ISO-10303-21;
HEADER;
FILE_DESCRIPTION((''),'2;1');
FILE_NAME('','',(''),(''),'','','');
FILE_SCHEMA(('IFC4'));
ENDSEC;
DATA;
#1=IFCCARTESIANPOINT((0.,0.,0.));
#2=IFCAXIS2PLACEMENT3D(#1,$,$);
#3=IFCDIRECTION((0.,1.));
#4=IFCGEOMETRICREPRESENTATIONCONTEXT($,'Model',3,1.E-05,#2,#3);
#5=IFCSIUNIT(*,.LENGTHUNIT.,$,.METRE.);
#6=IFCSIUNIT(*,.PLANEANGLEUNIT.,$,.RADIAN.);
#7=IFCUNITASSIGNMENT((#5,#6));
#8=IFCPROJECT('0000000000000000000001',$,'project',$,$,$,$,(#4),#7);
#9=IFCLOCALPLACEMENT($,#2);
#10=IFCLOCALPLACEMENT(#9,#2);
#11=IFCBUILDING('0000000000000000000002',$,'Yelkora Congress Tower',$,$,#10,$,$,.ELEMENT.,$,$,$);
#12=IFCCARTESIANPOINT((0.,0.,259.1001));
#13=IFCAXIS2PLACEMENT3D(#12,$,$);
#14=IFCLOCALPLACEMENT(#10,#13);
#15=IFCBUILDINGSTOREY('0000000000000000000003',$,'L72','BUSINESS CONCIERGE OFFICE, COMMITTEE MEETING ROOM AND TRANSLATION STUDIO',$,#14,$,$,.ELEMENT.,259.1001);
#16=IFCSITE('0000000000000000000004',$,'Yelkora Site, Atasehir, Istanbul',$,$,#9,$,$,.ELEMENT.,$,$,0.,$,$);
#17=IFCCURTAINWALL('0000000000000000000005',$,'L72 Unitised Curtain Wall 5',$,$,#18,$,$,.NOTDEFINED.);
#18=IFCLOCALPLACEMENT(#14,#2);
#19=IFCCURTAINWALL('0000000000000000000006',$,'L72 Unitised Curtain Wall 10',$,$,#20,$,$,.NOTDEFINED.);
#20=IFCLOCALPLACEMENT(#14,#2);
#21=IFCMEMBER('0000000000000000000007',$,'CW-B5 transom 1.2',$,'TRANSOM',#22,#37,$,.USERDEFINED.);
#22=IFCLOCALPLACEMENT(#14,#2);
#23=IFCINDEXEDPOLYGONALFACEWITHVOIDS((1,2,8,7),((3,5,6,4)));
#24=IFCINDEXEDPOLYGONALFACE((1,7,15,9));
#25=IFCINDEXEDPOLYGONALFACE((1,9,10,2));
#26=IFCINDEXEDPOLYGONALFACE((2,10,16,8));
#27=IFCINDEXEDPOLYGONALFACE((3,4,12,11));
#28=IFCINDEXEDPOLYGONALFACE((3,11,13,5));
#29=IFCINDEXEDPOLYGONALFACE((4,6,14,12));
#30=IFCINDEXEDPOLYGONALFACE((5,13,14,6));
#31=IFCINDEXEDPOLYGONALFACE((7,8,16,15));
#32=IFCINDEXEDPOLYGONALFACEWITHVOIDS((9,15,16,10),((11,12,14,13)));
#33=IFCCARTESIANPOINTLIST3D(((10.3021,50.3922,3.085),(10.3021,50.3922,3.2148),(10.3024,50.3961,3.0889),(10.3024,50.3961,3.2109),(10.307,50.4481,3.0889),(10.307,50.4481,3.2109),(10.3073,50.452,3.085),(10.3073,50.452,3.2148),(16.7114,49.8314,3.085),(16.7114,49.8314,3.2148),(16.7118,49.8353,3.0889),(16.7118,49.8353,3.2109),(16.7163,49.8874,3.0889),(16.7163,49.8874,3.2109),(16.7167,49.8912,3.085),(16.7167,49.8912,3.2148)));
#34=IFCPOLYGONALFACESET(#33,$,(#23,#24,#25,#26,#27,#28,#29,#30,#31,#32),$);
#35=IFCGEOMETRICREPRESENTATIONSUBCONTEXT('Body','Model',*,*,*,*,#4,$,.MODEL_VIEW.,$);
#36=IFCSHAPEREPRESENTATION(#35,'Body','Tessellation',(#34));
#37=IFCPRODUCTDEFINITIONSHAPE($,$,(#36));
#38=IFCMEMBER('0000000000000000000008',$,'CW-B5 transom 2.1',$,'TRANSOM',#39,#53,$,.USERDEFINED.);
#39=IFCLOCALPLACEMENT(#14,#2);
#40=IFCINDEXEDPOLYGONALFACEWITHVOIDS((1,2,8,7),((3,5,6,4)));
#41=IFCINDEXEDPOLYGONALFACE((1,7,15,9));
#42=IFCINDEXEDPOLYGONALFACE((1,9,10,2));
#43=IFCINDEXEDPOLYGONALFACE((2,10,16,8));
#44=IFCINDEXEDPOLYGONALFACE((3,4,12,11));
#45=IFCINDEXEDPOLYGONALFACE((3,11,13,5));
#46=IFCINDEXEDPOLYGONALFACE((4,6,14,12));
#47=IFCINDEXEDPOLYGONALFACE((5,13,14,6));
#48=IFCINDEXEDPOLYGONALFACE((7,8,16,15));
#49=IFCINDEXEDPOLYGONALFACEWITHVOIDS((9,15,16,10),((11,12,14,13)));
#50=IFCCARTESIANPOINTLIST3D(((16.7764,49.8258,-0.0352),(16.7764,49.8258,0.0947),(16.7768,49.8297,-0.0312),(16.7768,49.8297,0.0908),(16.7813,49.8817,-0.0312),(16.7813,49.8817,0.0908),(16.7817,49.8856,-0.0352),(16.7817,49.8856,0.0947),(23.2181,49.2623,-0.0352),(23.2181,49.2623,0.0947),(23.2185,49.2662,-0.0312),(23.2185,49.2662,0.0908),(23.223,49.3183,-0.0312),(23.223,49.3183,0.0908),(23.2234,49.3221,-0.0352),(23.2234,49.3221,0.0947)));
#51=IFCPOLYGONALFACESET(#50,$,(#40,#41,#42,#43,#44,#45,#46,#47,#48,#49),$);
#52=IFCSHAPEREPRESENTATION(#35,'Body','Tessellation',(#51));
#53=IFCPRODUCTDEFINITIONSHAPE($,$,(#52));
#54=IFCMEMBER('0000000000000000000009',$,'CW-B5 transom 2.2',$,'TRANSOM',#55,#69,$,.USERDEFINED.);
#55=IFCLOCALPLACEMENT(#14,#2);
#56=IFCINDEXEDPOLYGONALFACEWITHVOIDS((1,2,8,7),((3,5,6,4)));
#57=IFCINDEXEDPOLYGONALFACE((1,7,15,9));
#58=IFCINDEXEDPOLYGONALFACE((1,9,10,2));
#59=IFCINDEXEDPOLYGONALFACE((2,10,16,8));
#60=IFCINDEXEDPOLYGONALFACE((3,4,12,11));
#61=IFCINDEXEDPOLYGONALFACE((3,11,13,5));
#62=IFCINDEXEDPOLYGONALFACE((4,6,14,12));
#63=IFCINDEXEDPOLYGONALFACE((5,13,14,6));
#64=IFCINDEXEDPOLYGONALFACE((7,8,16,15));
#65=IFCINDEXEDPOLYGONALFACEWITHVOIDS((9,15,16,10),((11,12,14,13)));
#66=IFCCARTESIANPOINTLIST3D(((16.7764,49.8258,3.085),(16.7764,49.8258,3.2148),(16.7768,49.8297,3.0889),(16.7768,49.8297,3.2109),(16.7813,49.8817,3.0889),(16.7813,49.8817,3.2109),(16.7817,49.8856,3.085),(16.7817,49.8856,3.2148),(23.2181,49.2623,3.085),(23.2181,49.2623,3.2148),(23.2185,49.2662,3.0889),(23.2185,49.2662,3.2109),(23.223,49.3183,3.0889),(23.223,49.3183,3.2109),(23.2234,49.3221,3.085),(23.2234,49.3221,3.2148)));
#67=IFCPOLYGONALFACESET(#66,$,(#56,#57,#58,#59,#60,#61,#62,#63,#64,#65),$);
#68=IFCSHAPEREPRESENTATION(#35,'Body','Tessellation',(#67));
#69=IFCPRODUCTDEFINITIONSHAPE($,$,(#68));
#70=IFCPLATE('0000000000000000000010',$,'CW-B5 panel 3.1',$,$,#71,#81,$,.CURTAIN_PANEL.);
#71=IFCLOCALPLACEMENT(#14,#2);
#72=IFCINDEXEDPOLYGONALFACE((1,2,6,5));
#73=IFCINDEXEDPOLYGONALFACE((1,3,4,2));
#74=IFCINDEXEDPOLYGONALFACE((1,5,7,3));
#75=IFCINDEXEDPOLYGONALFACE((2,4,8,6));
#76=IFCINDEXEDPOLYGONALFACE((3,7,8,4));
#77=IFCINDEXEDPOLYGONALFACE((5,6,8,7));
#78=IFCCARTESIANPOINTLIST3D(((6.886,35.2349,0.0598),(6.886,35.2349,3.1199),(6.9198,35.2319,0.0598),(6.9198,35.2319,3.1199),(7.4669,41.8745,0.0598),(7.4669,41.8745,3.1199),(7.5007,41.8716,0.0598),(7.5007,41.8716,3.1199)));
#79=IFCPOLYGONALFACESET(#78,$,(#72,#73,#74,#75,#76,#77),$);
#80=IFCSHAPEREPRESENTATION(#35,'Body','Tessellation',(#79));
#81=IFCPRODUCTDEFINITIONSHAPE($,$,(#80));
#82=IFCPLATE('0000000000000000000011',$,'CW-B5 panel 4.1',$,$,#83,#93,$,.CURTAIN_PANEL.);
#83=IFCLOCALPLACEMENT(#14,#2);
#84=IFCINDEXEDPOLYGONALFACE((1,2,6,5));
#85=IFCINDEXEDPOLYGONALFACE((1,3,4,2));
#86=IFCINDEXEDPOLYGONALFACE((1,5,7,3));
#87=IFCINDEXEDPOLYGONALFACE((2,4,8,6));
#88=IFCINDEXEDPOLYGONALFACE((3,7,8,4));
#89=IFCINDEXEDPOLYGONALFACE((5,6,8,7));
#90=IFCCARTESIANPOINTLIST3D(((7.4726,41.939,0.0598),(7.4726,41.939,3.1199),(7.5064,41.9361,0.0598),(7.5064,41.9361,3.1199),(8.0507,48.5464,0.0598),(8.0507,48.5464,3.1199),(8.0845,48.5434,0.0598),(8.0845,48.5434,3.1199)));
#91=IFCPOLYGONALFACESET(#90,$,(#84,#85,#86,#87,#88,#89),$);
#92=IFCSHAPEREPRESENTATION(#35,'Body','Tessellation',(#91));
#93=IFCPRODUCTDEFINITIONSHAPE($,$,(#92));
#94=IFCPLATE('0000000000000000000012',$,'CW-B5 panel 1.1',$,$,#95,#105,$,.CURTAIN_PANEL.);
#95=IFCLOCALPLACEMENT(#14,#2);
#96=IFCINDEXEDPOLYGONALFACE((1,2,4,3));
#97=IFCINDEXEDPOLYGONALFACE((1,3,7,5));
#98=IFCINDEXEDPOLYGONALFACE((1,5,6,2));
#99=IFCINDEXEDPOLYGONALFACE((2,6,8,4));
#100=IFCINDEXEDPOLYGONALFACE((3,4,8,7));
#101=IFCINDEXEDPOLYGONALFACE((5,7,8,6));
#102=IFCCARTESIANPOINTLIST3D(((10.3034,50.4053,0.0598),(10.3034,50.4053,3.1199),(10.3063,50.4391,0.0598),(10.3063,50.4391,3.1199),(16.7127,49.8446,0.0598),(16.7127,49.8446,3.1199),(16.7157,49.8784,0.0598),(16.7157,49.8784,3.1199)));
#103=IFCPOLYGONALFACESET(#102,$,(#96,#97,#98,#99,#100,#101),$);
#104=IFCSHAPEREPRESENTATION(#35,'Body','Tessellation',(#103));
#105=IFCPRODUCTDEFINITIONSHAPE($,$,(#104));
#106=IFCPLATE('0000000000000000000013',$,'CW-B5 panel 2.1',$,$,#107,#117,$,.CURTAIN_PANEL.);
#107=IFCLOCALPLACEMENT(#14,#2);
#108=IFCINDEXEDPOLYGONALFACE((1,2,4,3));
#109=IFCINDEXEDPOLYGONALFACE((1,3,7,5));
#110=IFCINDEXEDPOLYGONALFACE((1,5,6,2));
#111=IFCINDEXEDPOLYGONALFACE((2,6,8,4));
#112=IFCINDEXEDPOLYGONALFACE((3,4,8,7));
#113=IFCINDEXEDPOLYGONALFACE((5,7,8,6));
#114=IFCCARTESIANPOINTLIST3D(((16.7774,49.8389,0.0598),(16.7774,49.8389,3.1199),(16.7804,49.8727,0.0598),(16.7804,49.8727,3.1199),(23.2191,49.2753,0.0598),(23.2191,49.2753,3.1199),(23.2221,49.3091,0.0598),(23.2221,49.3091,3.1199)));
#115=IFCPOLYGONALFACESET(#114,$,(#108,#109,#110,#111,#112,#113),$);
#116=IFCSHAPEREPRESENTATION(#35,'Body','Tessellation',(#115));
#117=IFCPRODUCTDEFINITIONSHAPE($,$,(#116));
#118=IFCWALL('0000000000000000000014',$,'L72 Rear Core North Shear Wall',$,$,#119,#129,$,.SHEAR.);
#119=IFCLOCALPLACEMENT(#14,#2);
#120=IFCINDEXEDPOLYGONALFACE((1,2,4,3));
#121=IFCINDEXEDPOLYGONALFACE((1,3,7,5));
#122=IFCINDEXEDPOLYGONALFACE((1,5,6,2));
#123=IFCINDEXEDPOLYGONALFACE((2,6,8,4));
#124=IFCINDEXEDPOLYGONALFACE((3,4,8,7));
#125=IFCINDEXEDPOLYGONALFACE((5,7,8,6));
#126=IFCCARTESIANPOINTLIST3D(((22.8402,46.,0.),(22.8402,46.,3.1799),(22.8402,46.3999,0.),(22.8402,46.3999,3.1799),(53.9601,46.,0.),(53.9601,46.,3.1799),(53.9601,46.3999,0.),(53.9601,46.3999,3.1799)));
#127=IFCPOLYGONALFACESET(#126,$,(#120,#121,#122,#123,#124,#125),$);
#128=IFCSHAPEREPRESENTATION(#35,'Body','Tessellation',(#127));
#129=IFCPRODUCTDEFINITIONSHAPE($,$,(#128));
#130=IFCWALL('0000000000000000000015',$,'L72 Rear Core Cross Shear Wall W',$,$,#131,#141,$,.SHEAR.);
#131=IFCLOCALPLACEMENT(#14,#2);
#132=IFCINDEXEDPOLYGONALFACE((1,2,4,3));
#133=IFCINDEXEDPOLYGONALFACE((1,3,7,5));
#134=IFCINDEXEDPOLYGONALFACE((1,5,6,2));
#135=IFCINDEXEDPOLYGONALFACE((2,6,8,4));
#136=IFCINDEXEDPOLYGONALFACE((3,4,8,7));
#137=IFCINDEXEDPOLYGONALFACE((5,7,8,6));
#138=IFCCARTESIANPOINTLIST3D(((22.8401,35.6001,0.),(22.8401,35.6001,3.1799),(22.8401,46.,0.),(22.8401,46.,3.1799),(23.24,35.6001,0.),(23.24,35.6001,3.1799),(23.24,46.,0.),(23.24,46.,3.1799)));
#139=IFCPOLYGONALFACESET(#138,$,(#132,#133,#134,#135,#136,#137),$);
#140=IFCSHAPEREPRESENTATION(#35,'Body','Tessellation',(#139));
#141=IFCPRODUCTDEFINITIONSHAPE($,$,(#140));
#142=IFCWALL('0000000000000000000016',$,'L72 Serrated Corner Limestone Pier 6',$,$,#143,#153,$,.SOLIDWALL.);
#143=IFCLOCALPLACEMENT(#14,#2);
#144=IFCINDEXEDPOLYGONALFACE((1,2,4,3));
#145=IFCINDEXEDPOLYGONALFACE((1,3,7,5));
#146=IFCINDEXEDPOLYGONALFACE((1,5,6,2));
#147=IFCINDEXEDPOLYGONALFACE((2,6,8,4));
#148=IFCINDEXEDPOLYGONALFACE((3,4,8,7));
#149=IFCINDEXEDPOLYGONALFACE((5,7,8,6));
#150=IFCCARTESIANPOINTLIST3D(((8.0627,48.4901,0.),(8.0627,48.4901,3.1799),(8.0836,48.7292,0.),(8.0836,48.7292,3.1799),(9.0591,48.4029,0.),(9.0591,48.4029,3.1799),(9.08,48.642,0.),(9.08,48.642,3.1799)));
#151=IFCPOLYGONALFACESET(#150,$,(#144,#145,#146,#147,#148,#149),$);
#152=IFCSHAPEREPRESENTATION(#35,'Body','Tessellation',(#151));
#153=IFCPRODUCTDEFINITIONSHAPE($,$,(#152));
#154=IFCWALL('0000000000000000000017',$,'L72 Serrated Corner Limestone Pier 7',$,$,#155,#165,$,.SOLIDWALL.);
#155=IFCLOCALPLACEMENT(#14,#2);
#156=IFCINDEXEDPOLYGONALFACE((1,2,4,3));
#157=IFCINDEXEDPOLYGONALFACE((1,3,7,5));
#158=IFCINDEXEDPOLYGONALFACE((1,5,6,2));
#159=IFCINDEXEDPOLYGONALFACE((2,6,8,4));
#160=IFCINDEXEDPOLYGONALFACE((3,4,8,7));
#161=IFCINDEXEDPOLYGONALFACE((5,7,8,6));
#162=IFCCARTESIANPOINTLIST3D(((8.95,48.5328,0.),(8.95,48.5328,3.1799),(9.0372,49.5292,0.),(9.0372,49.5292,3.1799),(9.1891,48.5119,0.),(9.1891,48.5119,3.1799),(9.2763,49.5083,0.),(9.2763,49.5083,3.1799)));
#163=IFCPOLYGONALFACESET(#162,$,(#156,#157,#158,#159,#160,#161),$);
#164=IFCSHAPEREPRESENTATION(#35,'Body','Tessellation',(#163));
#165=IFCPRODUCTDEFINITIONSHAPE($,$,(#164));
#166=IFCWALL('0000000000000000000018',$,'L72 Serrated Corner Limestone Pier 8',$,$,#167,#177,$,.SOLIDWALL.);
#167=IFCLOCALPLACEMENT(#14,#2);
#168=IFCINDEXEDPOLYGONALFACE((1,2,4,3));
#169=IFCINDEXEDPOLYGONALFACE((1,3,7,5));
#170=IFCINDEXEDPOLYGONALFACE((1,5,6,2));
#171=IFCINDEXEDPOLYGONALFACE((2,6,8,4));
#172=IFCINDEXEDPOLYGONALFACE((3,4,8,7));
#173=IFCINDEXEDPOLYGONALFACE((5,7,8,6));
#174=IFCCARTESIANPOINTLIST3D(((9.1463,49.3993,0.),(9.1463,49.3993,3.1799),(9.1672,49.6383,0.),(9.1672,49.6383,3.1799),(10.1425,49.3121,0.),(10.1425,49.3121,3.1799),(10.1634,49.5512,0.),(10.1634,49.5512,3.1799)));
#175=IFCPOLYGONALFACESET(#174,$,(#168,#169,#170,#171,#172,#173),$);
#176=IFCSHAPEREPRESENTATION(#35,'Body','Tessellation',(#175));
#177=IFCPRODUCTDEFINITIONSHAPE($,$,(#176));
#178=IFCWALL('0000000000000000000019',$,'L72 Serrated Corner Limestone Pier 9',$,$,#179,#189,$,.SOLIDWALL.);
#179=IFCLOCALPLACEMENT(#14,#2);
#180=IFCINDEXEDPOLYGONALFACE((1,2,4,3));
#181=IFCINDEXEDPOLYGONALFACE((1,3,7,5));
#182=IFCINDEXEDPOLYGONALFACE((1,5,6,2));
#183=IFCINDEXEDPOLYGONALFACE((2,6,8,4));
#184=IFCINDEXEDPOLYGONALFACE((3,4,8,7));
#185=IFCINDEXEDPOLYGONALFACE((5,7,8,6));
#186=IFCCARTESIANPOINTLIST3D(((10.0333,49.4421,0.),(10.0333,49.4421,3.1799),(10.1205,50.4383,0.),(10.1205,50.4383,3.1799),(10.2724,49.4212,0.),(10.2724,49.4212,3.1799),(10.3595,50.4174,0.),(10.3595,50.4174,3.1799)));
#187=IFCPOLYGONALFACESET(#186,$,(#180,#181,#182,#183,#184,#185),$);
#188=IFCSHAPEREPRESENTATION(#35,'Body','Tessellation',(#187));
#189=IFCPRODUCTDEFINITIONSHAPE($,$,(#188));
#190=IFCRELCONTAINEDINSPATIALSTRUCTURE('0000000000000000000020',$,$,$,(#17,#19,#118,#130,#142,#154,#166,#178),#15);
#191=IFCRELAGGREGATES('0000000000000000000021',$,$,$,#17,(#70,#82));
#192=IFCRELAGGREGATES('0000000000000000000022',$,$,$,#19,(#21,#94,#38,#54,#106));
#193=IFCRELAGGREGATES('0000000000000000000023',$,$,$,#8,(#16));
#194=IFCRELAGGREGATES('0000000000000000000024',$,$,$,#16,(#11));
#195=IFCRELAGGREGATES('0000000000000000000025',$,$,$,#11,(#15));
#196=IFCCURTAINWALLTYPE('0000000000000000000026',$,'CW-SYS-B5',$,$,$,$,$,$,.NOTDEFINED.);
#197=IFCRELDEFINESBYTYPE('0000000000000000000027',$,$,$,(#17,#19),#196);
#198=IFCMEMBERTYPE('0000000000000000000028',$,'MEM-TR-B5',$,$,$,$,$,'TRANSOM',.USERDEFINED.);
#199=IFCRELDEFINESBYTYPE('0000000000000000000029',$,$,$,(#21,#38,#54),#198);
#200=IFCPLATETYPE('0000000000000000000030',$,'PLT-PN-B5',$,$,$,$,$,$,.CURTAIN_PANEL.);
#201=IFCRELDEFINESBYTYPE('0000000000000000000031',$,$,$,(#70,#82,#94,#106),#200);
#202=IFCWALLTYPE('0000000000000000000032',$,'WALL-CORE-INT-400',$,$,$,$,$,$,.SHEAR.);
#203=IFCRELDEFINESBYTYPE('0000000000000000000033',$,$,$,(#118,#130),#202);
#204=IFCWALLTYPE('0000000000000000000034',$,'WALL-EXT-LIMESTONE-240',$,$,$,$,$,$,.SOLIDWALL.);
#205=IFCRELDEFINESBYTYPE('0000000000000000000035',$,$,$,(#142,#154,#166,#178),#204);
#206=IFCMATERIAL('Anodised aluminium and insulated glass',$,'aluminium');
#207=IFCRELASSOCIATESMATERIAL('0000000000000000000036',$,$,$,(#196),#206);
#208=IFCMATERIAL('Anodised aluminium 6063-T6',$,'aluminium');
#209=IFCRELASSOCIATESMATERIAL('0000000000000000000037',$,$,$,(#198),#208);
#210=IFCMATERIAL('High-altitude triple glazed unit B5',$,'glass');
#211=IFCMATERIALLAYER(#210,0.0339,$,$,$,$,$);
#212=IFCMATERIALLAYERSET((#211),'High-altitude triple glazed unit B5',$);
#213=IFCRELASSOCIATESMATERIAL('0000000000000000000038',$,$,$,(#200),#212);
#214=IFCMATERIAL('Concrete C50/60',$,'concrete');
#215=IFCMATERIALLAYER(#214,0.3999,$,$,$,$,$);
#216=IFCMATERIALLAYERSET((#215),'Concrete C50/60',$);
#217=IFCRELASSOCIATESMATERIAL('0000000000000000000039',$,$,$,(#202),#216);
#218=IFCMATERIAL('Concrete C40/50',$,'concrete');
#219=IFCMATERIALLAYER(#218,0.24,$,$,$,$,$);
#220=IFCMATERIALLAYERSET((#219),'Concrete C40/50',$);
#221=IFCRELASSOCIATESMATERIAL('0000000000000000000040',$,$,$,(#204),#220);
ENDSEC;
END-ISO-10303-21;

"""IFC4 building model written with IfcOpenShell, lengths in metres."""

from ifc_helpers import new_model, si_unit, direction, frame, frame_2d, origin, origin_2d, place, context, subcontext, project, spatial, rectangle, hollow_rectangle, extrude, material, layer, layer_set, material_profile, profile_set, type_object, element, aggregate, save


model = new_model("IFC4")

# Units and contexts
model_context = context("Model", 3, precision=1e-05, world=origin(), true_north=direction((0.0, 1.0)))
body_context = subcontext(model_context, "Body", "Model", "MODEL_VIEW")
ifc_project = project(units=[si_unit("LENGTHUNIT", "METRE"), si_unit("PLANEANGLEUNIT", "RADIAN")], contexts=[model_context])

# Site, building, storey
site_placement = place(None, origin())
site = spatial("IfcSite", under=ifc_project, at=site_placement, Name="Yelkora Site, Atasehir, Istanbul", CompositionType="ELEMENT", RefElevation=0.0)
building_placement = place(site_placement, origin())
building = spatial("IfcBuilding", under=site, at=building_placement, Name="Yelkora Congress Tower", CompositionType="ELEMENT")
storey_placement = place(building_placement, frame((0.0, 0.0, 259.1001)))
storey = spatial("IfcBuildingStorey", under=building, at=storey_placement, Name="L72", Description="BUSINESS CONCIERGE OFFICE, COMMITTEE MEETING ROOM AND TRANSLATION STUDIO", CompositionType="ELEMENT", Elevation=259.1001)

# Curtain walls
ifc_material_1 = material(Name="Anodised aluminium and insulated glass", Category="aluminium")
curtain_wall_type = type_object("IfcCurtainWallType", Name="CW-SYS-B5", PredefinedType="NOTDEFINED", material=ifc_material_1)
curtain_wall_1_placement = place(storey_placement, origin())
curtain_wall_1 = element("IfcCurtainWall", 1, at=curtain_wall_1_placement, inside=storey, type_object=curtain_wall_type, Name="L72 Unitised Curtain Wall 5", PredefinedType="NOTDEFINED")
ifc_material_2 = material(Name="Anodised aluminium 6063-T6", Category="aluminium")
curtain_wall_2_placement = place(storey_placement, origin())
curtain_wall_2 = element("IfcCurtainWall", 2, at=curtain_wall_2_placement, inside=storey, type_object=curtain_wall_type, Name="L72 Unitised Curtain Wall 10", PredefinedType="NOTDEFINED")

# Members
ifc_material_profile_1 = material_profile(ifc_material_2, hollow_rectangle(XDim=0.0601, YDim=0.1299, WallThickness=0.0039, at=origin_2d()), Name="ALU 60x130x4")
ifc_profile_set_1 = profile_set([ifc_material_profile_1], Name="Anodised aluminium 6063-T6")
member_type_1 = type_object("IfcMemberType", Name="MEM-TR-B5", ElementType="TRANSOM", PredefinedType="USERDEFINED", material=ifc_profile_set_1)
member_1_placement = place(storey_placement, frame((10.3047, 50.4221, 3.1499), z_axis=(0.996194, -0.087162, 0.0), x_axis=(0.087162, 0.996194, 0.0)))
member_1 = element("IfcMember", 3, at=member_1_placement, type_object=member_type_1, Name="CW-B5 transom 1.2", ObjectType="TRANSOM", PredefinedType="USERDEFINED", context=body_context, shape_type="SweptSolid", body=[
    extrude(hollow_rectangle(XDim=0.0601, YDim=0.1299, WallThickness=0.0039, at=origin_2d()), origin(), (0.0, 0.0, 1.0), 6.4338),
])
member_2_placement = place(storey_placement, frame((16.7791, 49.8557, 0.0298), z_axis=(0.996196, -0.087141, 0.0), x_axis=(0.087141, 0.996196, 0.0)))
member_2 = element("IfcMember", 4, at=member_2_placement, type_object=member_type_1, Name="CW-B5 transom 2.1", ObjectType="TRANSOM", PredefinedType="USERDEFINED", context=body_context, shape_type="SweptSolid", body=[
    extrude(hollow_rectangle(XDim=0.0601, YDim=0.1299, WallThickness=0.0039, at=origin_2d()), origin(), (0.0, 0.0, 1.0), 6.4663),
])
member_3_placement = place(storey_placement, frame((16.7791, 49.8557, 3.1499), z_axis=(0.996196, -0.087141, 0.0), x_axis=(0.087141, 0.996196, 0.0)))
member_3 = element("IfcMember", 5, at=member_3_placement, type_object=member_type_1, Name="CW-B5 transom 2.2", ObjectType="TRANSOM", PredefinedType="USERDEFINED", context=body_context, shape_type="SweptSolid", body=[
    extrude(hollow_rectangle(XDim=0.0601, YDim=0.1299, WallThickness=0.0039, at=origin_2d()), origin(), (0.0, 0.0, 1.0), 6.4663),
])

# Plates
ifc_material_3 = material(Name="High-altitude triple glazed unit B5", Category="glass")
ifc_layer_1 = layer(ifc_material_3, 0.0339)
ifc_layer_set_1 = layer_set([ifc_layer_1], Name="High-altitude triple glazed unit B5")
plate_type = type_object("IfcPlateType", Name="PLT-PN-B5", PredefinedType="CURTAIN_PANEL", material=ifc_layer_set_1)
plate_1_placement = place(storey_placement, frame((7.1934, 38.5532, 0.0598), z_axis=(0.0, 0.0, 1.0), x_axis=(0.087155, 0.996195, 0.0)))
plate_1 = element("IfcPlate", 6, at=plate_1_placement, type_object=plate_type, Name="CW-B5 panel 3.1", PredefinedType="CURTAIN_PANEL", context=body_context, shape_type="SweptSolid", body=[
    extrude(rectangle(XDim=6.665, YDim=0.0339, at=origin_2d()), origin(), (0.0, 0.0, 1.0), 3.0601),
])
plate_2_placement = place(storey_placement, frame((7.7786, 45.2412, 0.0598), z_axis=(0.0, 0.0, 1.0), x_axis=(0.087155, 0.996195, 0.0)))
plate_2 = element("IfcPlate", 7, at=plate_2_placement, type_object=plate_type, Name="CW-B5 panel 4.1", PredefinedType="CURTAIN_PANEL", context=body_context, shape_type="SweptSolid", body=[
    extrude(rectangle(XDim=6.6326, YDim=0.0339, at=origin_2d()), origin(), (0.0, 0.0, 1.0), 3.0601),
])
aggregate(curtain_wall_1, [plate_1, plate_2])
plate_3_placement = place(storey_placement, frame((13.5095, 50.1418, 0.0598), z_axis=(0.0, 0.0, 1.0), x_axis=(0.996195, -0.087157, 0.0)))
plate_3 = element("IfcPlate", 8, at=plate_3_placement, type_object=plate_type, Name="CW-B5 panel 1.1", PredefinedType="CURTAIN_PANEL", context=body_context, shape_type="SweptSolid", body=[
    extrude(rectangle(XDim=6.4338, YDim=0.0339, at=origin_2d()), origin(), (0.0, 0.0, 1.0), 3.0601),
])
plate_4_placement = place(storey_placement, frame((19.9998, 49.574, 0.0598), z_axis=(0.0, 0.0, 1.0), x_axis=(0.996195, -0.087157, 0.0)))
plate_4 = element("IfcPlate", 9, at=plate_4_placement, type_object=plate_type, Name="CW-B5 panel 2.1", PredefinedType="CURTAIN_PANEL", context=body_context, shape_type="SweptSolid", body=[
    extrude(rectangle(XDim=6.4663, YDim=0.0339, at=origin_2d()), origin(), (0.0, 0.0, 1.0), 3.0601),
])
aggregate(curtain_wall_2, [member_1, plate_3, member_2, member_3, plate_4])

# Walls
ifc_material_4 = material(Name="Concrete C50/60", Category="concrete")
ifc_layer_2 = layer(ifc_material_4, 0.3999)
ifc_layer_set_2 = layer_set([ifc_layer_2], Name="Concrete C50/60")
wall_type_1 = type_object("IfcWallType", Name="WALL-CORE-INT-400", PredefinedType="SHEAR", material=ifc_layer_set_2)
wall_1_placement = place(storey_placement, frame((22.8401, 46.2, 0.0), z_axis=(0.0, 0.0, 1.0), x_axis=(1.0, 0.0, 0.0)))
element("IfcWall", 10, at=wall_1_placement, inside=storey, type_object=wall_type_1, Name="L72 Rear Core North Shear Wall", PredefinedType="SHEAR", context=body_context, shape_type="SweptSolid", body=[
    extrude(rectangle(XDim=31.1199, YDim=0.3999, at=frame_2d((15.5601, 0.0))), origin(), (0.0, 0.0, 1.0), 3.1799),
])
wall_2_placement = place(storey_placement, frame((23.04, 35.6001, 0.0), z_axis=(0.0, 0.0, 1.0), x_axis=(0.0, 1.0, 0.0)))
element("IfcWall", 11, at=wall_2_placement, inside=storey, type_object=wall_type_1, Name="L72 Rear Core Cross Shear Wall W", PredefinedType="SHEAR", context=body_context, shape_type="SweptSolid", body=[
    extrude(rectangle(XDim=10.3999, YDim=0.3999, at=frame_2d((5.2, 0.0))), origin(), (0.0, 0.0, 1.0), 3.1799),
])
ifc_material_5 = material(Name="Concrete C40/50", Category="concrete")
ifc_layer_3 = layer(ifc_material_5, 0.24)
ifc_layer_set_3 = layer_set([ifc_layer_3], Name="Concrete C40/50")
wall_type_2 = type_object("IfcWallType", Name="WALL-EXT-LIMESTONE-240", PredefinedType="SOLIDWALL", material=ifc_layer_set_3)
for number, where, z_axis, x_axis, name in (
    (12, (8.0732, 48.6096, 0.0), (0.0, 0.0, 1.0), (0.996196, -0.087146, 0.0), "L72 Serrated Corner Limestone Pier 6"),
    (13, (9.0696, 48.5225, 0.0), (0.0, 0.0, 1.0), (0.087146, 0.996196, 0.0), "L72 Serrated Corner Limestone Pier 7"),
):
    element("IfcWall", number, at=place(storey_placement, frame(where, z_axis=z_axis, x_axis=x_axis)), inside=storey, type_object=wall_type_2, Name=name, PredefinedType="SOLIDWALL", context=body_context, shape_type="SweptSolid", body=[
        extrude(rectangle(XDim=1.0002, YDim=0.24, at=frame_2d((0.5, 0.0))), origin(), (0.0, 0.0, 1.0), 3.1799),
    ])
for number, where, z_axis, x_axis, name in (
    (14, (9.1567, 49.5188, 0.0), (0.0, 0.0, 1.0), (0.996194, -0.087167, 0.0), "L72 Serrated Corner Limestone Pier 8"),
    (15, (10.1528, 49.4316, 0.0), (0.0, 0.0, 1.0), (0.087167, 0.996194, 0.0), "L72 Serrated Corner Limestone Pier 9"),
):
    element("IfcWall", number, at=place(storey_placement, frame(where, z_axis=z_axis, x_axis=x_axis)), inside=storey, type_object=wall_type_2, Name=name, PredefinedType="SOLIDWALL", context=body_context, shape_type="SweptSolid", body=[
        extrude(rectangle(XDim=1.0, YDim=0.24, at=frame_2d((0.5, 0.0))), origin(), (0.0, 0.0, 1.0), 3.1799),
    ])

save(model, "model.ifc")
